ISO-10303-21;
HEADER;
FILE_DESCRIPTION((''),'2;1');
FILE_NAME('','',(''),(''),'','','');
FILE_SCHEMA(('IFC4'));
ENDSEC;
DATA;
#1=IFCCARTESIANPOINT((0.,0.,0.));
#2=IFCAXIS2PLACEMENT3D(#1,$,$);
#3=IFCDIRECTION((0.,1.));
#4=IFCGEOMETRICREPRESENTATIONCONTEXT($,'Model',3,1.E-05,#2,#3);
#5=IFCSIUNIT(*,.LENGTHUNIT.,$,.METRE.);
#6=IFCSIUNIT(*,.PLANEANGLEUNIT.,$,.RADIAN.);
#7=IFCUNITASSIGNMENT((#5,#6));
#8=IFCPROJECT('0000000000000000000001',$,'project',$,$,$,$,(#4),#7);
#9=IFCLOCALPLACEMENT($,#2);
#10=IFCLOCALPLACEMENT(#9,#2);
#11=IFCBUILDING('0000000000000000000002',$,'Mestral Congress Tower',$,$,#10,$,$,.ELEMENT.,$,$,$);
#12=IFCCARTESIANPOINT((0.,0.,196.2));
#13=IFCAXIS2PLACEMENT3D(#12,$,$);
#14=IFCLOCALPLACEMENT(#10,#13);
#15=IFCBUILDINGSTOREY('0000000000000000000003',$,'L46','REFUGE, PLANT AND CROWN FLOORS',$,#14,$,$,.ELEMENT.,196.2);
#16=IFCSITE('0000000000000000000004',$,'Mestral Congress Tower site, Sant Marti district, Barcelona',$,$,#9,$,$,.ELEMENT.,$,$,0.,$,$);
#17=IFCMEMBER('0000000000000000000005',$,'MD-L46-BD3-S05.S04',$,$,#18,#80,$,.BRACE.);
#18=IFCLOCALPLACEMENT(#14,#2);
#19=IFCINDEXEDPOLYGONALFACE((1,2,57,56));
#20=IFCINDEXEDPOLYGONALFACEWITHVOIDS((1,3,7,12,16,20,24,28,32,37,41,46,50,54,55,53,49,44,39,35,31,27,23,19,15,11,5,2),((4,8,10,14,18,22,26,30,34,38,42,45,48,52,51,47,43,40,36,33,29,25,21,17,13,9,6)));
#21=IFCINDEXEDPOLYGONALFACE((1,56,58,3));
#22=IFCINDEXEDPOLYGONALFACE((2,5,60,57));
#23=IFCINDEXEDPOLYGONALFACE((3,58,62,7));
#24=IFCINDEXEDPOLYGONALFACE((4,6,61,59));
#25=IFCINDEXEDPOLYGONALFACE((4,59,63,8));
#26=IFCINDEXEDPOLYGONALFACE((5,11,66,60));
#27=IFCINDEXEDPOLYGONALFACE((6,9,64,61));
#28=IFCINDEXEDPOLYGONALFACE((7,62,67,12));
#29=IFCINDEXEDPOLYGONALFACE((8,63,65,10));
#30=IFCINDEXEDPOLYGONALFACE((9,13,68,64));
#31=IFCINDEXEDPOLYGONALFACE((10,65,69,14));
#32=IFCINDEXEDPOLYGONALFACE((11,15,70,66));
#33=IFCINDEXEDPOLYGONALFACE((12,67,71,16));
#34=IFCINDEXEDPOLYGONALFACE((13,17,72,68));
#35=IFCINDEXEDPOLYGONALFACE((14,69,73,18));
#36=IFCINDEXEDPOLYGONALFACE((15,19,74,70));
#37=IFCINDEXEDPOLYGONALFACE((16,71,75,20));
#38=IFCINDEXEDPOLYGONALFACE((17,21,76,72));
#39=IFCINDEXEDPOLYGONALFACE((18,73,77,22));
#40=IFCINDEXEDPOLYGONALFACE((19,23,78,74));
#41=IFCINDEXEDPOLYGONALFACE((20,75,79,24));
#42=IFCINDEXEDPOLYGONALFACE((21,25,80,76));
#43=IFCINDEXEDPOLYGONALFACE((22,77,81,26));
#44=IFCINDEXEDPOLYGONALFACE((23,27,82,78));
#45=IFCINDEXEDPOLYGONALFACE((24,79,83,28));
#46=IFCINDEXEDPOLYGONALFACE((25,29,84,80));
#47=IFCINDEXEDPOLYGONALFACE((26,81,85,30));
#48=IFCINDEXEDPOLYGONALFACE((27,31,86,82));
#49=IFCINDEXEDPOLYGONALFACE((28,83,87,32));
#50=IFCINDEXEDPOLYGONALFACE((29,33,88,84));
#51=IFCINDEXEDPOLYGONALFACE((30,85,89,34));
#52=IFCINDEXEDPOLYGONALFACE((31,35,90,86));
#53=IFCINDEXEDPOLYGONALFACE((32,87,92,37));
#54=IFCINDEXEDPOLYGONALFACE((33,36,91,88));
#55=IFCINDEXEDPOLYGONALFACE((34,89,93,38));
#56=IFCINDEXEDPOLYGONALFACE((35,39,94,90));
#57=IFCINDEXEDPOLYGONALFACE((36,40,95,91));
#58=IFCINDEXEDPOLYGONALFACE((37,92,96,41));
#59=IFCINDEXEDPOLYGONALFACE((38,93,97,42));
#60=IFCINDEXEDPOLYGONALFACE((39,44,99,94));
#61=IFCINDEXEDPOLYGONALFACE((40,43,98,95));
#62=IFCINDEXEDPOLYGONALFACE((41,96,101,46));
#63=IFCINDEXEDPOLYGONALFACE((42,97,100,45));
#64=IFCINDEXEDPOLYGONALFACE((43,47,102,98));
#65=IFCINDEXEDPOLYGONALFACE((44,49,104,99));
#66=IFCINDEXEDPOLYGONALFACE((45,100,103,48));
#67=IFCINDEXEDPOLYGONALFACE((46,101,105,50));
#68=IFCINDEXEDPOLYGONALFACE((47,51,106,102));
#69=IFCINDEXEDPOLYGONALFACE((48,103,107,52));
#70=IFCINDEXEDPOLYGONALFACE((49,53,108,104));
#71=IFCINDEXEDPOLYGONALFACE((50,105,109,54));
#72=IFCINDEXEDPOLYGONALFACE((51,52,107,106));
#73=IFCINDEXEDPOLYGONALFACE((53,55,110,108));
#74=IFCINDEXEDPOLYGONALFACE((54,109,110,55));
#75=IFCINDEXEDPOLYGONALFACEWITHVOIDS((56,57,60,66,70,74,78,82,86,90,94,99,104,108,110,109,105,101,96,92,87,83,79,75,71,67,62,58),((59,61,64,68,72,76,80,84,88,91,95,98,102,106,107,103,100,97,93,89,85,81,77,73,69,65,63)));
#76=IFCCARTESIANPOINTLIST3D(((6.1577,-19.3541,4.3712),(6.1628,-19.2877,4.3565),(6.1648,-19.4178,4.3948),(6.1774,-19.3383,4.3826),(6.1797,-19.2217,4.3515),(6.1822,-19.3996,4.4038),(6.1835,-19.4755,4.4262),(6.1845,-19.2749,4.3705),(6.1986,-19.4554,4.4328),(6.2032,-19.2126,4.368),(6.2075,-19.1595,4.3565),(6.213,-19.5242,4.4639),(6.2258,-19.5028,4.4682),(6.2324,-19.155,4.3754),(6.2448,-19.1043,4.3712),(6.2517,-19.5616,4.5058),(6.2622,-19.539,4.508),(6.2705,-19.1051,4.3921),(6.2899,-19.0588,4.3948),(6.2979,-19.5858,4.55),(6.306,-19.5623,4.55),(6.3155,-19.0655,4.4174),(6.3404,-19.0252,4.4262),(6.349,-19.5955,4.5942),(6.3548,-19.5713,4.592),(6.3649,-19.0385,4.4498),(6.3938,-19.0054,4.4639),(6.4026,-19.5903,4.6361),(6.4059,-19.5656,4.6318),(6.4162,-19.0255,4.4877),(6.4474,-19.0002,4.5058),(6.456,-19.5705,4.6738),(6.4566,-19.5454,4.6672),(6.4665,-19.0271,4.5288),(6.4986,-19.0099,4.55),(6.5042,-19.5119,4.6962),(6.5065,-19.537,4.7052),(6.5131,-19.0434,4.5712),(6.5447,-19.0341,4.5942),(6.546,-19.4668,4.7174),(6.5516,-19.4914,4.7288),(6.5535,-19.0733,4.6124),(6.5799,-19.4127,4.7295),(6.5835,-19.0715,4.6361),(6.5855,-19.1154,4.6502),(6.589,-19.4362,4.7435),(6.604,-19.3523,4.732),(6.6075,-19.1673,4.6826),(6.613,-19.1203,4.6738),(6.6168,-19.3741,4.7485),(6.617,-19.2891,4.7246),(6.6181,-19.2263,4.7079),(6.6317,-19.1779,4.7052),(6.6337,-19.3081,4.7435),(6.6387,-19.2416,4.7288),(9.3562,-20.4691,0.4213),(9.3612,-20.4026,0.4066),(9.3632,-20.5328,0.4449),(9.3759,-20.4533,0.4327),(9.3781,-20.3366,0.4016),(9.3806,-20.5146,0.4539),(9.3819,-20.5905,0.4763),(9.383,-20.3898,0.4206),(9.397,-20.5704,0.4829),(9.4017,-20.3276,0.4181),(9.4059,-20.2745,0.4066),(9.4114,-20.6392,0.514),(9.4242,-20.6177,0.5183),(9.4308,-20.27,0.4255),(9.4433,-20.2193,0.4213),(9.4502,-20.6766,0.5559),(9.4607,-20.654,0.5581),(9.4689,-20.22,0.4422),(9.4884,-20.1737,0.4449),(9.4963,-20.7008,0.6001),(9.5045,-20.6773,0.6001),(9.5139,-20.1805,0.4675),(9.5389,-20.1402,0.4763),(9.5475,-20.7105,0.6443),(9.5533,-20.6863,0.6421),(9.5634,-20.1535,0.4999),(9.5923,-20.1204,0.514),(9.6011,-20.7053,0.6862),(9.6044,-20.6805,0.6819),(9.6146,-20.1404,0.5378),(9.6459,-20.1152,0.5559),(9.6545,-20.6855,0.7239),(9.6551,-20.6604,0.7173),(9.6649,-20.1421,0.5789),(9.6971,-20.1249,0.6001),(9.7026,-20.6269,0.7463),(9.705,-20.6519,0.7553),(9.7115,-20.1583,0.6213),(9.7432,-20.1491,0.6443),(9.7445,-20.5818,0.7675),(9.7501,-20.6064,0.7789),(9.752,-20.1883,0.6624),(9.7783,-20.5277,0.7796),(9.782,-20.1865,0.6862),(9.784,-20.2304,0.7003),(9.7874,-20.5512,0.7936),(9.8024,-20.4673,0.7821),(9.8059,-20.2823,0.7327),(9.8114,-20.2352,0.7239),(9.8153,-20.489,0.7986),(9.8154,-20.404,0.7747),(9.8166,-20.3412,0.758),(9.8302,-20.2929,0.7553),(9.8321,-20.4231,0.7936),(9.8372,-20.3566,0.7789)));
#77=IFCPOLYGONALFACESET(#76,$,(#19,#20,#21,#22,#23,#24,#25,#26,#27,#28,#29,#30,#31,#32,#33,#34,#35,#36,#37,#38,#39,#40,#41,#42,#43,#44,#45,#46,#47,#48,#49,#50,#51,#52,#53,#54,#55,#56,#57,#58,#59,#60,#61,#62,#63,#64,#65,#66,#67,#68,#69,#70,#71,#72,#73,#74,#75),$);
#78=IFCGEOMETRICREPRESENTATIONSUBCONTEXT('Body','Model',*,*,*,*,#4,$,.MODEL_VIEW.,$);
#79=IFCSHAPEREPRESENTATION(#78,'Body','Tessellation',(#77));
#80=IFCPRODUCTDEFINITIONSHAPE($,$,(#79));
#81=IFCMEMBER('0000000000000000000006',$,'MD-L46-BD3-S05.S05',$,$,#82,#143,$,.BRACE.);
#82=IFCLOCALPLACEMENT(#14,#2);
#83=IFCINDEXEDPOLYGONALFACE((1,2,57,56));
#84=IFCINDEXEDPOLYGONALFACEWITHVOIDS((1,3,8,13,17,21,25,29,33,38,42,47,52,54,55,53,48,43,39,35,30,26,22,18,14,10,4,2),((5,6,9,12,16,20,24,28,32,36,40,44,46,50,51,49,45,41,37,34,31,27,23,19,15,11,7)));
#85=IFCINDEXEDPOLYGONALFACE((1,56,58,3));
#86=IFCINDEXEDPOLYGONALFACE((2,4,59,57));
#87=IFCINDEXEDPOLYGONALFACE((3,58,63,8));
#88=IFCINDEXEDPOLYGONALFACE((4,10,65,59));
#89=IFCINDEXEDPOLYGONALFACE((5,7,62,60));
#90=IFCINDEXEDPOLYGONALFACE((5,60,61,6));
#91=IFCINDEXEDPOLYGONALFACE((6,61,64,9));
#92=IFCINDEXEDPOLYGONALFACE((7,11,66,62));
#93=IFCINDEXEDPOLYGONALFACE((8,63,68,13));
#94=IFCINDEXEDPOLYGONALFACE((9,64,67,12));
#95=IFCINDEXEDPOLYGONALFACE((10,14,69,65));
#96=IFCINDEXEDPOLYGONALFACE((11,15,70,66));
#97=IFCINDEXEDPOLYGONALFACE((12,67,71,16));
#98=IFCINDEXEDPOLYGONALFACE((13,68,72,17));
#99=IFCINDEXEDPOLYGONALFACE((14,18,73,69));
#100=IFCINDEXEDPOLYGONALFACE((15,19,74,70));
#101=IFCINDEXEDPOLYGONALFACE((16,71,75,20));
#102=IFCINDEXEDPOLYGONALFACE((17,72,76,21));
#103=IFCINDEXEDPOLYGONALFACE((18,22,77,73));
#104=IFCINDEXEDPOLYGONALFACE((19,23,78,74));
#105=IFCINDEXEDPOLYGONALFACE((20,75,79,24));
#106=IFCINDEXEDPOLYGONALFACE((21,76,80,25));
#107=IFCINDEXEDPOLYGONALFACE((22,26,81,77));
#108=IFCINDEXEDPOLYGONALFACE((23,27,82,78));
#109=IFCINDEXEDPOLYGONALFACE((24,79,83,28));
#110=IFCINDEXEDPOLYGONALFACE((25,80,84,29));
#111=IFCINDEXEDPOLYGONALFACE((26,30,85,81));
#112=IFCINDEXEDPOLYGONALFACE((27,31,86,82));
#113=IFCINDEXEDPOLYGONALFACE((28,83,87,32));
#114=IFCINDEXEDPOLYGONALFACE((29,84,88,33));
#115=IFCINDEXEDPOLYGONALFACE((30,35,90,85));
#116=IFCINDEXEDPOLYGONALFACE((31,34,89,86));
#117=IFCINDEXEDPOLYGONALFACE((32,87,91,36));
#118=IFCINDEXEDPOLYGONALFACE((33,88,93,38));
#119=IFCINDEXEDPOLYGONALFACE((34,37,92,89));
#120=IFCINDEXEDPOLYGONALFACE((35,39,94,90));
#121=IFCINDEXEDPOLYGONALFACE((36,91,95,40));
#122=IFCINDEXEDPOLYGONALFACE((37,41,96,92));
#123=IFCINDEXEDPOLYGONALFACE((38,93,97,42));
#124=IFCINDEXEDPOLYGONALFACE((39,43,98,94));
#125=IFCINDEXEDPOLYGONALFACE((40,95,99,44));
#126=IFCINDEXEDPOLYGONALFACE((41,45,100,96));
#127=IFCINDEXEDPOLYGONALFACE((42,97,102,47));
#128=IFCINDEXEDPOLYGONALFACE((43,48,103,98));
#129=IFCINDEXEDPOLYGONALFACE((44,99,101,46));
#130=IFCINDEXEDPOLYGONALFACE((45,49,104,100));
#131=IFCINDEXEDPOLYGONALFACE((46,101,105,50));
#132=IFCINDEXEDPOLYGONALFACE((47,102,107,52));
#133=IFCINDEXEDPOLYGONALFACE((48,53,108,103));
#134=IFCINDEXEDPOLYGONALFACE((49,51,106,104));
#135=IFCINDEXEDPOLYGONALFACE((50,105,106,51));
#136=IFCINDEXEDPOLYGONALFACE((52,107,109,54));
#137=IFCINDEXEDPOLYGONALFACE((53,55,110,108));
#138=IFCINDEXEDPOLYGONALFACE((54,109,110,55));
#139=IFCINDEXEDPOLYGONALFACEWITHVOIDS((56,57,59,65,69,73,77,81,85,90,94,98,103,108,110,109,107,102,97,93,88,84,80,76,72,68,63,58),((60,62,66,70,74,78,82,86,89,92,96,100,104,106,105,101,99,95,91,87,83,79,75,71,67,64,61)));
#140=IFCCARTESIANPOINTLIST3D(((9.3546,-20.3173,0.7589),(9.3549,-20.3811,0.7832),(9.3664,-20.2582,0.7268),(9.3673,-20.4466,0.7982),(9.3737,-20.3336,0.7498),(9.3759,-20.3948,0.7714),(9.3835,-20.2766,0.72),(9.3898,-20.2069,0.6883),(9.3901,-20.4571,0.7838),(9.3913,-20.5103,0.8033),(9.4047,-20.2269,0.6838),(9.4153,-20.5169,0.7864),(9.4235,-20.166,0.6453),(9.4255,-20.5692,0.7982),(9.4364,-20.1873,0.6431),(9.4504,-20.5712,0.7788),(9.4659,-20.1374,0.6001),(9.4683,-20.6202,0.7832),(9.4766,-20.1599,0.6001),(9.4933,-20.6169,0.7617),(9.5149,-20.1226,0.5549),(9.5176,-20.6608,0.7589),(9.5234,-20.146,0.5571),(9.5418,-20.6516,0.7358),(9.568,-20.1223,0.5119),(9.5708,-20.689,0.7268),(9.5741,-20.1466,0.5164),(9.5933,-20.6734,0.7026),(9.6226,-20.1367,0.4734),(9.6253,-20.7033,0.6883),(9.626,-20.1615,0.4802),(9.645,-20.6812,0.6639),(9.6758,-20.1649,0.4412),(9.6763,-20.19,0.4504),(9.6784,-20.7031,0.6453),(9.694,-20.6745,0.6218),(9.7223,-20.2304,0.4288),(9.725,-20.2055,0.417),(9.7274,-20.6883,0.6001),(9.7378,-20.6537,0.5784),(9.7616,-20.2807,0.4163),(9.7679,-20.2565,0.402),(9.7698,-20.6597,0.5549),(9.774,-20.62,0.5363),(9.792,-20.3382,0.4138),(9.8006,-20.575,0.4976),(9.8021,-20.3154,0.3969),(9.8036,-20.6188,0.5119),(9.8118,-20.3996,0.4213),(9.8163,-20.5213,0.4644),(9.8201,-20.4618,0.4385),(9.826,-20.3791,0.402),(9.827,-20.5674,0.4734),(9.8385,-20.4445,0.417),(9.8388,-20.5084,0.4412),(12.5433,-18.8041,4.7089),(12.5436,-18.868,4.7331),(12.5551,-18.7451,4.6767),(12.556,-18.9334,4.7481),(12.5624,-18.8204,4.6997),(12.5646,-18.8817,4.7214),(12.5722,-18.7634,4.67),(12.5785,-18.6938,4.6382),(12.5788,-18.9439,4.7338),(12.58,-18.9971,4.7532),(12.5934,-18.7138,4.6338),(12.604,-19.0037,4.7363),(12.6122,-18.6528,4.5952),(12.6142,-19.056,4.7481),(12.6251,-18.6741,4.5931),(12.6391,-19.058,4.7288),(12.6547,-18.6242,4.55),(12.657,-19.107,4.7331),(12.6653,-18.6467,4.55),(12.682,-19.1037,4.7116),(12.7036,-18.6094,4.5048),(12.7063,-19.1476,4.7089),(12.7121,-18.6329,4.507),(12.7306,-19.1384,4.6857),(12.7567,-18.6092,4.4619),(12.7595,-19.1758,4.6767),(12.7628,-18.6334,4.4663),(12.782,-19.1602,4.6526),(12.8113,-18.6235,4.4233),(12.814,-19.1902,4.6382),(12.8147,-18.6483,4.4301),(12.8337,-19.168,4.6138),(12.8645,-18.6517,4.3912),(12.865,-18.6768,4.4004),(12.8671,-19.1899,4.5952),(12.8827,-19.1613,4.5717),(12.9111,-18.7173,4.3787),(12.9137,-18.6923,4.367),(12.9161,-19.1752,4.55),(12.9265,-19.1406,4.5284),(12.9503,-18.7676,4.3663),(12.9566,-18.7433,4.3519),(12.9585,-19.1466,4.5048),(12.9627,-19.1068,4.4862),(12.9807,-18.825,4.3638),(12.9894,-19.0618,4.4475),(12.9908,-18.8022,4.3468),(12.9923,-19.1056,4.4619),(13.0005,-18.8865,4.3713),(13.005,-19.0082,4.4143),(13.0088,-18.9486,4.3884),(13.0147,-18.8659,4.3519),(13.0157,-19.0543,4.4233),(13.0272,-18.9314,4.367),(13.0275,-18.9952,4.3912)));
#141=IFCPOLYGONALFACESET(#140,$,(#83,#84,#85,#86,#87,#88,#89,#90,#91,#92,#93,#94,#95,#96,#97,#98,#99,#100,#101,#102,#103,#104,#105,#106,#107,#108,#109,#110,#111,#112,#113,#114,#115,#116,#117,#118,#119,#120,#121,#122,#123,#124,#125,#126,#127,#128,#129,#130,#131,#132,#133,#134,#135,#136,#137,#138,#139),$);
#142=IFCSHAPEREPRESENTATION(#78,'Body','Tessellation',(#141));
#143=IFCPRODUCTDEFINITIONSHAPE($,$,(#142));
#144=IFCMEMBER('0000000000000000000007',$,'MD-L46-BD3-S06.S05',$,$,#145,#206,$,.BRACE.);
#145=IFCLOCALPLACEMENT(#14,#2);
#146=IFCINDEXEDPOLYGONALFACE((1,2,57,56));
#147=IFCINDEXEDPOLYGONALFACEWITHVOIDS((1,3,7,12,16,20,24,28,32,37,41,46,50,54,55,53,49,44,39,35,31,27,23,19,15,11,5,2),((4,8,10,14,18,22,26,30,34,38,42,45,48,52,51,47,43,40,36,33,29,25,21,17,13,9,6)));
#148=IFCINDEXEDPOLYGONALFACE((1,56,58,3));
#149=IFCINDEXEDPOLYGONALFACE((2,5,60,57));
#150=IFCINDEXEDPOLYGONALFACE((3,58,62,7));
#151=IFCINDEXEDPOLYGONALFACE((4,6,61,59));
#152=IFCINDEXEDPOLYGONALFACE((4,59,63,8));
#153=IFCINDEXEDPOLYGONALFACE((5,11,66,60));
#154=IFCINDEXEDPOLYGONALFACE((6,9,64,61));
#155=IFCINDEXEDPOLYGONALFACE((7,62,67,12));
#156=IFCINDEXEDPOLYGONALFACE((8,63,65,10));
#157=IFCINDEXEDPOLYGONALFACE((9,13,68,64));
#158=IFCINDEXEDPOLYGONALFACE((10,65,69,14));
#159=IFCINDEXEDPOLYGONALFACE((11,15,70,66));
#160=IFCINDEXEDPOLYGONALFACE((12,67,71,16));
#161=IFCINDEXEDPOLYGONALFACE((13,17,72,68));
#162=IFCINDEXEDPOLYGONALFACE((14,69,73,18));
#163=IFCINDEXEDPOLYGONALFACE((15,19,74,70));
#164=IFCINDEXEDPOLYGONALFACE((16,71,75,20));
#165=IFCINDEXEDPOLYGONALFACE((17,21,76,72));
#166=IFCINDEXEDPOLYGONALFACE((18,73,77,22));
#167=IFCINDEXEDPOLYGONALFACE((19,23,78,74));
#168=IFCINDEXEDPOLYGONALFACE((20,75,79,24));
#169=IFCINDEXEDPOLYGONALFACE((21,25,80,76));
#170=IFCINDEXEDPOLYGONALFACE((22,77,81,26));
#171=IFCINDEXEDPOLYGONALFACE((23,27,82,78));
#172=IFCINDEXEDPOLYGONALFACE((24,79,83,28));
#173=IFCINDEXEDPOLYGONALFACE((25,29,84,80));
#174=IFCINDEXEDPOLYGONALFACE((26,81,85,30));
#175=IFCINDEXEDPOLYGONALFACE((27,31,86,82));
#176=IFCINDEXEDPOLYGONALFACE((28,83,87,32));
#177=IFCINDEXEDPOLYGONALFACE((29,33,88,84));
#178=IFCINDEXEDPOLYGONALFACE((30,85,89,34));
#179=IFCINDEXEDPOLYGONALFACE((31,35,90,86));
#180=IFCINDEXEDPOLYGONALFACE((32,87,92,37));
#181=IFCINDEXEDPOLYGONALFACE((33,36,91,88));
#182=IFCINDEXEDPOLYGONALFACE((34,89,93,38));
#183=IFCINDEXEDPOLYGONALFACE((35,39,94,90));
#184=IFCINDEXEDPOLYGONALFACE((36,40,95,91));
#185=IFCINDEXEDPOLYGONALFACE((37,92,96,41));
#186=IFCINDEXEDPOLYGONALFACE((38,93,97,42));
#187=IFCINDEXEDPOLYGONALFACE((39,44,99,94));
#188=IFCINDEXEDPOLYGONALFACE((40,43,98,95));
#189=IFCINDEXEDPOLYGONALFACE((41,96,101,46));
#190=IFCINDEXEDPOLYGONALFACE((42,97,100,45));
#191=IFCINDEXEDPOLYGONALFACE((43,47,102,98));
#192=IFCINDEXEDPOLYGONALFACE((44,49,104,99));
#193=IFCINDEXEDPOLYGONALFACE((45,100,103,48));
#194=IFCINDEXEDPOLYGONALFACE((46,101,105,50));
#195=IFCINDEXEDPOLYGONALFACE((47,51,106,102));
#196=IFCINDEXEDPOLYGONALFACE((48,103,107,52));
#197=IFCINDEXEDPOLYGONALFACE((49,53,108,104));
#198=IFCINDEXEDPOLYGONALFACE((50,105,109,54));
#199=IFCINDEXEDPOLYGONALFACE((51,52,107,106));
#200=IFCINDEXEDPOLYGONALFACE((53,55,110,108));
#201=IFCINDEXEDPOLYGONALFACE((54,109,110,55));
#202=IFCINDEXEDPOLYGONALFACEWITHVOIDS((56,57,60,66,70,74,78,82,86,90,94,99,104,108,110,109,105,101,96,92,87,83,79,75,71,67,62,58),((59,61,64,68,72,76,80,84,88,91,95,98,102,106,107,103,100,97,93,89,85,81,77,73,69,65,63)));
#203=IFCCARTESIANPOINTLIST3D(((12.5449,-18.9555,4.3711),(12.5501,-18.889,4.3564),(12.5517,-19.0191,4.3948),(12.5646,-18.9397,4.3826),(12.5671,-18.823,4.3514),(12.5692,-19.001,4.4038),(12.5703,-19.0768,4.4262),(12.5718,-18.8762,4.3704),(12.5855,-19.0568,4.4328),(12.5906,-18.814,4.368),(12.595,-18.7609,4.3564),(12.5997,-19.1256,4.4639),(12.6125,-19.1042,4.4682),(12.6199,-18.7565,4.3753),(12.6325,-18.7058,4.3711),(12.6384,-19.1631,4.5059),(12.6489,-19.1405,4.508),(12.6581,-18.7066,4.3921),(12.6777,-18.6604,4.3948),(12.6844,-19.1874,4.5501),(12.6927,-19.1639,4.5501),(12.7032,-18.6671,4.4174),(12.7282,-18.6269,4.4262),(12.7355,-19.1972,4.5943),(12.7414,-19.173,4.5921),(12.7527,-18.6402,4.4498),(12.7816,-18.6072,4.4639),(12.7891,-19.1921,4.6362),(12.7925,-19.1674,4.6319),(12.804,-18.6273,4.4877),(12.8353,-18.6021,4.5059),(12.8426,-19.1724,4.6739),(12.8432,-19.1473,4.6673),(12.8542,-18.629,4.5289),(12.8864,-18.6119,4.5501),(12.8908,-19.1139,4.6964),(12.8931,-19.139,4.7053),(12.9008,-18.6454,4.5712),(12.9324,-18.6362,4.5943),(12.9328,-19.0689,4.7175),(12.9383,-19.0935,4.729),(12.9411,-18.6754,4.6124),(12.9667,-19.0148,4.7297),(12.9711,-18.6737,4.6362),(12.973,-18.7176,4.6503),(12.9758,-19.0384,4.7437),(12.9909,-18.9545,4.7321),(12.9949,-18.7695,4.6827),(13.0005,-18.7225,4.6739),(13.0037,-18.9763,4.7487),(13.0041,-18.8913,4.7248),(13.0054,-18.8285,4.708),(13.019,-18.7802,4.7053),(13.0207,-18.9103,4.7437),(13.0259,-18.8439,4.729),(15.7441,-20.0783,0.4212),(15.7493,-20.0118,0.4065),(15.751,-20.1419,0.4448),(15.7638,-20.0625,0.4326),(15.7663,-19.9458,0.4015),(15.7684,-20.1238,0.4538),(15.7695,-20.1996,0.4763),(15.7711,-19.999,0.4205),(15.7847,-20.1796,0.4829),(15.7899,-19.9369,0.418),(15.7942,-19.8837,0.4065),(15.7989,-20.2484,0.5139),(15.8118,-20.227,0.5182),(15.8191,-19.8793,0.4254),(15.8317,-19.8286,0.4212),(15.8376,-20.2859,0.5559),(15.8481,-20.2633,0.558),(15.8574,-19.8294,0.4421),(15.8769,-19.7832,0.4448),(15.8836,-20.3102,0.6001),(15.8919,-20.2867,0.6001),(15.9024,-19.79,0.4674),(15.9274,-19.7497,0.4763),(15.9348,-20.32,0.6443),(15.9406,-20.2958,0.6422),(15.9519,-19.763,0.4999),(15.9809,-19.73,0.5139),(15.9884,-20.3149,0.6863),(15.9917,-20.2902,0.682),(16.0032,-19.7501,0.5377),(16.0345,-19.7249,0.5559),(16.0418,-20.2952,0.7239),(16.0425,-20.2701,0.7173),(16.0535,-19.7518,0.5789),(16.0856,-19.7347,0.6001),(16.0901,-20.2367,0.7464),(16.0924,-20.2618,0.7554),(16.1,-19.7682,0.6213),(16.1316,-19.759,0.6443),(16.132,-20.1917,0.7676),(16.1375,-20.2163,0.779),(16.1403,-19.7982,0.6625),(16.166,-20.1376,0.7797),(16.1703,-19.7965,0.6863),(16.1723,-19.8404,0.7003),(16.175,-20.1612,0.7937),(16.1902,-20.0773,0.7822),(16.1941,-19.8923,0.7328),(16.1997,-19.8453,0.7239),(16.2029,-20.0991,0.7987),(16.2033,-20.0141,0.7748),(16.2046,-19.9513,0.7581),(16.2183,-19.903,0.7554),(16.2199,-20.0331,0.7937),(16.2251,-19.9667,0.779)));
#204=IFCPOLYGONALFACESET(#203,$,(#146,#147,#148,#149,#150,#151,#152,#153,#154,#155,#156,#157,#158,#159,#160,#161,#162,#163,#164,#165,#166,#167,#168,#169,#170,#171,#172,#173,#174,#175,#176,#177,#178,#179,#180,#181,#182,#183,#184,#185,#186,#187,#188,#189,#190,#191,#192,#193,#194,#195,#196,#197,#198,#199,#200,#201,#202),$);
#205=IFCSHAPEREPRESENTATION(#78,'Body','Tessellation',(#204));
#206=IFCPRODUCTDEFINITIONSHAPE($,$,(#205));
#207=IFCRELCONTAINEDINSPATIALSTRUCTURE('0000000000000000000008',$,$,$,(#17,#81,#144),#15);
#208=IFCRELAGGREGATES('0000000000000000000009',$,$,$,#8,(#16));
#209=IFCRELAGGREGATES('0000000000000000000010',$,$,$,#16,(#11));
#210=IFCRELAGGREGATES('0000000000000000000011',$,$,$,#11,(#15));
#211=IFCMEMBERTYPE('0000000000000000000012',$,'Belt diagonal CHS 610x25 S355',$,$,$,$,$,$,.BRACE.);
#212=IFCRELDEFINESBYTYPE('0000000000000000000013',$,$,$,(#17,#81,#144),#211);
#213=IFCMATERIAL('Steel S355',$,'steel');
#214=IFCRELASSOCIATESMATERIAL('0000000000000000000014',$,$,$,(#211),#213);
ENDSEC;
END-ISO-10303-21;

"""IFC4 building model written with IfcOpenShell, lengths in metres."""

from ifc_helpers import new_model, si_unit, direction, frame, origin, origin_2d, place, context, subcontext, project, spatial, hollow_circle, extrude, material, material_profile, profile_set, type_object, element, save


model = new_model("IFC4")

# Units and contexts
model_context = context("Model", 3, precision=1e-05, world=origin(), true_north=direction((0.0, 1.0)))
body_context = subcontext(model_context, "Body", "Model", "MODEL_VIEW")
ifc_project = project(units=[si_unit("LENGTHUNIT", "METRE"), si_unit("PLANEANGLEUNIT", "RADIAN")], contexts=[model_context])

# Site, building, storey
site_placement = place(None, origin())
site = spatial("IfcSite", under=ifc_project, at=site_placement, Name="Mestral Congress Tower site, Sant Marti district, Barcelona", CompositionType="ELEMENT", RefElevation=0.0)
building_placement = place(site_placement, origin())
building = spatial("IfcBuilding", under=site, at=building_placement, Name="Mestral Congress Tower", CompositionType="ELEMENT")
storey_placement = place(building_placement, frame((0.0, 0.0, 196.2)))
storey = spatial("IfcBuildingStorey", under=building, at=storey_placement, Name="L46", Description="REFUGE, PLANT AND CROWN FLOORS", CompositionType="ELEMENT", Elevation=196.2)

# Members
ifc_material_1 = material(Name="Steel S355", Category="steel")
ifc_material_profile_1 = material_profile(ifc_material_1, hollow_circle(Radius=0.3049, WallThickness=0.0249, at=origin_2d()), Name="CHS 610x25")
ifc_profile_set_1 = profile_set([ifc_material_profile_1], Name="Steel S355")
member_type_1 = type_object("IfcMemberType", Name="Belt diagonal CHS 610x25 S355", PredefinedType="BRACE", material=ifc_profile_set_1)
member_1_placement = place(storey_placement, frame((9.5967, -20.4128, 0.6001), z_axis=(-0.614689, 0.21428, 0.759106), x_axis=(-0.329172, -0.94427, 0.0)))
element("IfcMember", 1, at=member_1_placement, inside=storey, type_object=member_type_1, Name="MD-L46-BD3-S05.S04", PredefinedType="BRACE", context=body_context, shape_type="SweptSolid", body=[
    extrude(hollow_circle(Radius=0.3049, WallThickness=0.0249, at=origin_2d()), origin(), (0.0, 0.0, 1.0), 5.2034),
])
member_2_placement = place(storey_placement, frame((9.5967, -20.4128, 0.6001), z_axis=(0.601969, 0.28566, 0.745675), x_axis=(-0.42872, 0.903438, 0.0)))
element("IfcMember", 2, at=member_2_placement, inside=storey, type_object=member_type_1, Name="MD-L46-BD3-S05.S05", PredefinedType="BRACE", context=body_context, shape_type="SweptSolid", body=[
    extrude(hollow_circle(Radius=0.3049, WallThickness=0.0249, at=origin_2d()), origin(), (0.0, 0.0, 1.0), 5.2971),
])
member_3_placement = place(storey_placement, frame((15.9846, -20.0225, 0.6001), z_axis=(-0.614578, 0.215693, 0.758795), x_axis=(-0.331159, -0.943575, 0.0)))
element("IfcMember", 3, at=member_3_placement, inside=storey, type_object=member_type_1, Name="MD-L46-BD3-S06.S05", PredefinedType="BRACE", context=body_context, shape_type="SweptSolid", body=[
    extrude(hollow_circle(Radius=0.3049, WallThickness=0.0249, at=origin_2d()), origin(), (0.0, 0.0, 1.0), 5.2056),
])

save(model, "model.ifc")
